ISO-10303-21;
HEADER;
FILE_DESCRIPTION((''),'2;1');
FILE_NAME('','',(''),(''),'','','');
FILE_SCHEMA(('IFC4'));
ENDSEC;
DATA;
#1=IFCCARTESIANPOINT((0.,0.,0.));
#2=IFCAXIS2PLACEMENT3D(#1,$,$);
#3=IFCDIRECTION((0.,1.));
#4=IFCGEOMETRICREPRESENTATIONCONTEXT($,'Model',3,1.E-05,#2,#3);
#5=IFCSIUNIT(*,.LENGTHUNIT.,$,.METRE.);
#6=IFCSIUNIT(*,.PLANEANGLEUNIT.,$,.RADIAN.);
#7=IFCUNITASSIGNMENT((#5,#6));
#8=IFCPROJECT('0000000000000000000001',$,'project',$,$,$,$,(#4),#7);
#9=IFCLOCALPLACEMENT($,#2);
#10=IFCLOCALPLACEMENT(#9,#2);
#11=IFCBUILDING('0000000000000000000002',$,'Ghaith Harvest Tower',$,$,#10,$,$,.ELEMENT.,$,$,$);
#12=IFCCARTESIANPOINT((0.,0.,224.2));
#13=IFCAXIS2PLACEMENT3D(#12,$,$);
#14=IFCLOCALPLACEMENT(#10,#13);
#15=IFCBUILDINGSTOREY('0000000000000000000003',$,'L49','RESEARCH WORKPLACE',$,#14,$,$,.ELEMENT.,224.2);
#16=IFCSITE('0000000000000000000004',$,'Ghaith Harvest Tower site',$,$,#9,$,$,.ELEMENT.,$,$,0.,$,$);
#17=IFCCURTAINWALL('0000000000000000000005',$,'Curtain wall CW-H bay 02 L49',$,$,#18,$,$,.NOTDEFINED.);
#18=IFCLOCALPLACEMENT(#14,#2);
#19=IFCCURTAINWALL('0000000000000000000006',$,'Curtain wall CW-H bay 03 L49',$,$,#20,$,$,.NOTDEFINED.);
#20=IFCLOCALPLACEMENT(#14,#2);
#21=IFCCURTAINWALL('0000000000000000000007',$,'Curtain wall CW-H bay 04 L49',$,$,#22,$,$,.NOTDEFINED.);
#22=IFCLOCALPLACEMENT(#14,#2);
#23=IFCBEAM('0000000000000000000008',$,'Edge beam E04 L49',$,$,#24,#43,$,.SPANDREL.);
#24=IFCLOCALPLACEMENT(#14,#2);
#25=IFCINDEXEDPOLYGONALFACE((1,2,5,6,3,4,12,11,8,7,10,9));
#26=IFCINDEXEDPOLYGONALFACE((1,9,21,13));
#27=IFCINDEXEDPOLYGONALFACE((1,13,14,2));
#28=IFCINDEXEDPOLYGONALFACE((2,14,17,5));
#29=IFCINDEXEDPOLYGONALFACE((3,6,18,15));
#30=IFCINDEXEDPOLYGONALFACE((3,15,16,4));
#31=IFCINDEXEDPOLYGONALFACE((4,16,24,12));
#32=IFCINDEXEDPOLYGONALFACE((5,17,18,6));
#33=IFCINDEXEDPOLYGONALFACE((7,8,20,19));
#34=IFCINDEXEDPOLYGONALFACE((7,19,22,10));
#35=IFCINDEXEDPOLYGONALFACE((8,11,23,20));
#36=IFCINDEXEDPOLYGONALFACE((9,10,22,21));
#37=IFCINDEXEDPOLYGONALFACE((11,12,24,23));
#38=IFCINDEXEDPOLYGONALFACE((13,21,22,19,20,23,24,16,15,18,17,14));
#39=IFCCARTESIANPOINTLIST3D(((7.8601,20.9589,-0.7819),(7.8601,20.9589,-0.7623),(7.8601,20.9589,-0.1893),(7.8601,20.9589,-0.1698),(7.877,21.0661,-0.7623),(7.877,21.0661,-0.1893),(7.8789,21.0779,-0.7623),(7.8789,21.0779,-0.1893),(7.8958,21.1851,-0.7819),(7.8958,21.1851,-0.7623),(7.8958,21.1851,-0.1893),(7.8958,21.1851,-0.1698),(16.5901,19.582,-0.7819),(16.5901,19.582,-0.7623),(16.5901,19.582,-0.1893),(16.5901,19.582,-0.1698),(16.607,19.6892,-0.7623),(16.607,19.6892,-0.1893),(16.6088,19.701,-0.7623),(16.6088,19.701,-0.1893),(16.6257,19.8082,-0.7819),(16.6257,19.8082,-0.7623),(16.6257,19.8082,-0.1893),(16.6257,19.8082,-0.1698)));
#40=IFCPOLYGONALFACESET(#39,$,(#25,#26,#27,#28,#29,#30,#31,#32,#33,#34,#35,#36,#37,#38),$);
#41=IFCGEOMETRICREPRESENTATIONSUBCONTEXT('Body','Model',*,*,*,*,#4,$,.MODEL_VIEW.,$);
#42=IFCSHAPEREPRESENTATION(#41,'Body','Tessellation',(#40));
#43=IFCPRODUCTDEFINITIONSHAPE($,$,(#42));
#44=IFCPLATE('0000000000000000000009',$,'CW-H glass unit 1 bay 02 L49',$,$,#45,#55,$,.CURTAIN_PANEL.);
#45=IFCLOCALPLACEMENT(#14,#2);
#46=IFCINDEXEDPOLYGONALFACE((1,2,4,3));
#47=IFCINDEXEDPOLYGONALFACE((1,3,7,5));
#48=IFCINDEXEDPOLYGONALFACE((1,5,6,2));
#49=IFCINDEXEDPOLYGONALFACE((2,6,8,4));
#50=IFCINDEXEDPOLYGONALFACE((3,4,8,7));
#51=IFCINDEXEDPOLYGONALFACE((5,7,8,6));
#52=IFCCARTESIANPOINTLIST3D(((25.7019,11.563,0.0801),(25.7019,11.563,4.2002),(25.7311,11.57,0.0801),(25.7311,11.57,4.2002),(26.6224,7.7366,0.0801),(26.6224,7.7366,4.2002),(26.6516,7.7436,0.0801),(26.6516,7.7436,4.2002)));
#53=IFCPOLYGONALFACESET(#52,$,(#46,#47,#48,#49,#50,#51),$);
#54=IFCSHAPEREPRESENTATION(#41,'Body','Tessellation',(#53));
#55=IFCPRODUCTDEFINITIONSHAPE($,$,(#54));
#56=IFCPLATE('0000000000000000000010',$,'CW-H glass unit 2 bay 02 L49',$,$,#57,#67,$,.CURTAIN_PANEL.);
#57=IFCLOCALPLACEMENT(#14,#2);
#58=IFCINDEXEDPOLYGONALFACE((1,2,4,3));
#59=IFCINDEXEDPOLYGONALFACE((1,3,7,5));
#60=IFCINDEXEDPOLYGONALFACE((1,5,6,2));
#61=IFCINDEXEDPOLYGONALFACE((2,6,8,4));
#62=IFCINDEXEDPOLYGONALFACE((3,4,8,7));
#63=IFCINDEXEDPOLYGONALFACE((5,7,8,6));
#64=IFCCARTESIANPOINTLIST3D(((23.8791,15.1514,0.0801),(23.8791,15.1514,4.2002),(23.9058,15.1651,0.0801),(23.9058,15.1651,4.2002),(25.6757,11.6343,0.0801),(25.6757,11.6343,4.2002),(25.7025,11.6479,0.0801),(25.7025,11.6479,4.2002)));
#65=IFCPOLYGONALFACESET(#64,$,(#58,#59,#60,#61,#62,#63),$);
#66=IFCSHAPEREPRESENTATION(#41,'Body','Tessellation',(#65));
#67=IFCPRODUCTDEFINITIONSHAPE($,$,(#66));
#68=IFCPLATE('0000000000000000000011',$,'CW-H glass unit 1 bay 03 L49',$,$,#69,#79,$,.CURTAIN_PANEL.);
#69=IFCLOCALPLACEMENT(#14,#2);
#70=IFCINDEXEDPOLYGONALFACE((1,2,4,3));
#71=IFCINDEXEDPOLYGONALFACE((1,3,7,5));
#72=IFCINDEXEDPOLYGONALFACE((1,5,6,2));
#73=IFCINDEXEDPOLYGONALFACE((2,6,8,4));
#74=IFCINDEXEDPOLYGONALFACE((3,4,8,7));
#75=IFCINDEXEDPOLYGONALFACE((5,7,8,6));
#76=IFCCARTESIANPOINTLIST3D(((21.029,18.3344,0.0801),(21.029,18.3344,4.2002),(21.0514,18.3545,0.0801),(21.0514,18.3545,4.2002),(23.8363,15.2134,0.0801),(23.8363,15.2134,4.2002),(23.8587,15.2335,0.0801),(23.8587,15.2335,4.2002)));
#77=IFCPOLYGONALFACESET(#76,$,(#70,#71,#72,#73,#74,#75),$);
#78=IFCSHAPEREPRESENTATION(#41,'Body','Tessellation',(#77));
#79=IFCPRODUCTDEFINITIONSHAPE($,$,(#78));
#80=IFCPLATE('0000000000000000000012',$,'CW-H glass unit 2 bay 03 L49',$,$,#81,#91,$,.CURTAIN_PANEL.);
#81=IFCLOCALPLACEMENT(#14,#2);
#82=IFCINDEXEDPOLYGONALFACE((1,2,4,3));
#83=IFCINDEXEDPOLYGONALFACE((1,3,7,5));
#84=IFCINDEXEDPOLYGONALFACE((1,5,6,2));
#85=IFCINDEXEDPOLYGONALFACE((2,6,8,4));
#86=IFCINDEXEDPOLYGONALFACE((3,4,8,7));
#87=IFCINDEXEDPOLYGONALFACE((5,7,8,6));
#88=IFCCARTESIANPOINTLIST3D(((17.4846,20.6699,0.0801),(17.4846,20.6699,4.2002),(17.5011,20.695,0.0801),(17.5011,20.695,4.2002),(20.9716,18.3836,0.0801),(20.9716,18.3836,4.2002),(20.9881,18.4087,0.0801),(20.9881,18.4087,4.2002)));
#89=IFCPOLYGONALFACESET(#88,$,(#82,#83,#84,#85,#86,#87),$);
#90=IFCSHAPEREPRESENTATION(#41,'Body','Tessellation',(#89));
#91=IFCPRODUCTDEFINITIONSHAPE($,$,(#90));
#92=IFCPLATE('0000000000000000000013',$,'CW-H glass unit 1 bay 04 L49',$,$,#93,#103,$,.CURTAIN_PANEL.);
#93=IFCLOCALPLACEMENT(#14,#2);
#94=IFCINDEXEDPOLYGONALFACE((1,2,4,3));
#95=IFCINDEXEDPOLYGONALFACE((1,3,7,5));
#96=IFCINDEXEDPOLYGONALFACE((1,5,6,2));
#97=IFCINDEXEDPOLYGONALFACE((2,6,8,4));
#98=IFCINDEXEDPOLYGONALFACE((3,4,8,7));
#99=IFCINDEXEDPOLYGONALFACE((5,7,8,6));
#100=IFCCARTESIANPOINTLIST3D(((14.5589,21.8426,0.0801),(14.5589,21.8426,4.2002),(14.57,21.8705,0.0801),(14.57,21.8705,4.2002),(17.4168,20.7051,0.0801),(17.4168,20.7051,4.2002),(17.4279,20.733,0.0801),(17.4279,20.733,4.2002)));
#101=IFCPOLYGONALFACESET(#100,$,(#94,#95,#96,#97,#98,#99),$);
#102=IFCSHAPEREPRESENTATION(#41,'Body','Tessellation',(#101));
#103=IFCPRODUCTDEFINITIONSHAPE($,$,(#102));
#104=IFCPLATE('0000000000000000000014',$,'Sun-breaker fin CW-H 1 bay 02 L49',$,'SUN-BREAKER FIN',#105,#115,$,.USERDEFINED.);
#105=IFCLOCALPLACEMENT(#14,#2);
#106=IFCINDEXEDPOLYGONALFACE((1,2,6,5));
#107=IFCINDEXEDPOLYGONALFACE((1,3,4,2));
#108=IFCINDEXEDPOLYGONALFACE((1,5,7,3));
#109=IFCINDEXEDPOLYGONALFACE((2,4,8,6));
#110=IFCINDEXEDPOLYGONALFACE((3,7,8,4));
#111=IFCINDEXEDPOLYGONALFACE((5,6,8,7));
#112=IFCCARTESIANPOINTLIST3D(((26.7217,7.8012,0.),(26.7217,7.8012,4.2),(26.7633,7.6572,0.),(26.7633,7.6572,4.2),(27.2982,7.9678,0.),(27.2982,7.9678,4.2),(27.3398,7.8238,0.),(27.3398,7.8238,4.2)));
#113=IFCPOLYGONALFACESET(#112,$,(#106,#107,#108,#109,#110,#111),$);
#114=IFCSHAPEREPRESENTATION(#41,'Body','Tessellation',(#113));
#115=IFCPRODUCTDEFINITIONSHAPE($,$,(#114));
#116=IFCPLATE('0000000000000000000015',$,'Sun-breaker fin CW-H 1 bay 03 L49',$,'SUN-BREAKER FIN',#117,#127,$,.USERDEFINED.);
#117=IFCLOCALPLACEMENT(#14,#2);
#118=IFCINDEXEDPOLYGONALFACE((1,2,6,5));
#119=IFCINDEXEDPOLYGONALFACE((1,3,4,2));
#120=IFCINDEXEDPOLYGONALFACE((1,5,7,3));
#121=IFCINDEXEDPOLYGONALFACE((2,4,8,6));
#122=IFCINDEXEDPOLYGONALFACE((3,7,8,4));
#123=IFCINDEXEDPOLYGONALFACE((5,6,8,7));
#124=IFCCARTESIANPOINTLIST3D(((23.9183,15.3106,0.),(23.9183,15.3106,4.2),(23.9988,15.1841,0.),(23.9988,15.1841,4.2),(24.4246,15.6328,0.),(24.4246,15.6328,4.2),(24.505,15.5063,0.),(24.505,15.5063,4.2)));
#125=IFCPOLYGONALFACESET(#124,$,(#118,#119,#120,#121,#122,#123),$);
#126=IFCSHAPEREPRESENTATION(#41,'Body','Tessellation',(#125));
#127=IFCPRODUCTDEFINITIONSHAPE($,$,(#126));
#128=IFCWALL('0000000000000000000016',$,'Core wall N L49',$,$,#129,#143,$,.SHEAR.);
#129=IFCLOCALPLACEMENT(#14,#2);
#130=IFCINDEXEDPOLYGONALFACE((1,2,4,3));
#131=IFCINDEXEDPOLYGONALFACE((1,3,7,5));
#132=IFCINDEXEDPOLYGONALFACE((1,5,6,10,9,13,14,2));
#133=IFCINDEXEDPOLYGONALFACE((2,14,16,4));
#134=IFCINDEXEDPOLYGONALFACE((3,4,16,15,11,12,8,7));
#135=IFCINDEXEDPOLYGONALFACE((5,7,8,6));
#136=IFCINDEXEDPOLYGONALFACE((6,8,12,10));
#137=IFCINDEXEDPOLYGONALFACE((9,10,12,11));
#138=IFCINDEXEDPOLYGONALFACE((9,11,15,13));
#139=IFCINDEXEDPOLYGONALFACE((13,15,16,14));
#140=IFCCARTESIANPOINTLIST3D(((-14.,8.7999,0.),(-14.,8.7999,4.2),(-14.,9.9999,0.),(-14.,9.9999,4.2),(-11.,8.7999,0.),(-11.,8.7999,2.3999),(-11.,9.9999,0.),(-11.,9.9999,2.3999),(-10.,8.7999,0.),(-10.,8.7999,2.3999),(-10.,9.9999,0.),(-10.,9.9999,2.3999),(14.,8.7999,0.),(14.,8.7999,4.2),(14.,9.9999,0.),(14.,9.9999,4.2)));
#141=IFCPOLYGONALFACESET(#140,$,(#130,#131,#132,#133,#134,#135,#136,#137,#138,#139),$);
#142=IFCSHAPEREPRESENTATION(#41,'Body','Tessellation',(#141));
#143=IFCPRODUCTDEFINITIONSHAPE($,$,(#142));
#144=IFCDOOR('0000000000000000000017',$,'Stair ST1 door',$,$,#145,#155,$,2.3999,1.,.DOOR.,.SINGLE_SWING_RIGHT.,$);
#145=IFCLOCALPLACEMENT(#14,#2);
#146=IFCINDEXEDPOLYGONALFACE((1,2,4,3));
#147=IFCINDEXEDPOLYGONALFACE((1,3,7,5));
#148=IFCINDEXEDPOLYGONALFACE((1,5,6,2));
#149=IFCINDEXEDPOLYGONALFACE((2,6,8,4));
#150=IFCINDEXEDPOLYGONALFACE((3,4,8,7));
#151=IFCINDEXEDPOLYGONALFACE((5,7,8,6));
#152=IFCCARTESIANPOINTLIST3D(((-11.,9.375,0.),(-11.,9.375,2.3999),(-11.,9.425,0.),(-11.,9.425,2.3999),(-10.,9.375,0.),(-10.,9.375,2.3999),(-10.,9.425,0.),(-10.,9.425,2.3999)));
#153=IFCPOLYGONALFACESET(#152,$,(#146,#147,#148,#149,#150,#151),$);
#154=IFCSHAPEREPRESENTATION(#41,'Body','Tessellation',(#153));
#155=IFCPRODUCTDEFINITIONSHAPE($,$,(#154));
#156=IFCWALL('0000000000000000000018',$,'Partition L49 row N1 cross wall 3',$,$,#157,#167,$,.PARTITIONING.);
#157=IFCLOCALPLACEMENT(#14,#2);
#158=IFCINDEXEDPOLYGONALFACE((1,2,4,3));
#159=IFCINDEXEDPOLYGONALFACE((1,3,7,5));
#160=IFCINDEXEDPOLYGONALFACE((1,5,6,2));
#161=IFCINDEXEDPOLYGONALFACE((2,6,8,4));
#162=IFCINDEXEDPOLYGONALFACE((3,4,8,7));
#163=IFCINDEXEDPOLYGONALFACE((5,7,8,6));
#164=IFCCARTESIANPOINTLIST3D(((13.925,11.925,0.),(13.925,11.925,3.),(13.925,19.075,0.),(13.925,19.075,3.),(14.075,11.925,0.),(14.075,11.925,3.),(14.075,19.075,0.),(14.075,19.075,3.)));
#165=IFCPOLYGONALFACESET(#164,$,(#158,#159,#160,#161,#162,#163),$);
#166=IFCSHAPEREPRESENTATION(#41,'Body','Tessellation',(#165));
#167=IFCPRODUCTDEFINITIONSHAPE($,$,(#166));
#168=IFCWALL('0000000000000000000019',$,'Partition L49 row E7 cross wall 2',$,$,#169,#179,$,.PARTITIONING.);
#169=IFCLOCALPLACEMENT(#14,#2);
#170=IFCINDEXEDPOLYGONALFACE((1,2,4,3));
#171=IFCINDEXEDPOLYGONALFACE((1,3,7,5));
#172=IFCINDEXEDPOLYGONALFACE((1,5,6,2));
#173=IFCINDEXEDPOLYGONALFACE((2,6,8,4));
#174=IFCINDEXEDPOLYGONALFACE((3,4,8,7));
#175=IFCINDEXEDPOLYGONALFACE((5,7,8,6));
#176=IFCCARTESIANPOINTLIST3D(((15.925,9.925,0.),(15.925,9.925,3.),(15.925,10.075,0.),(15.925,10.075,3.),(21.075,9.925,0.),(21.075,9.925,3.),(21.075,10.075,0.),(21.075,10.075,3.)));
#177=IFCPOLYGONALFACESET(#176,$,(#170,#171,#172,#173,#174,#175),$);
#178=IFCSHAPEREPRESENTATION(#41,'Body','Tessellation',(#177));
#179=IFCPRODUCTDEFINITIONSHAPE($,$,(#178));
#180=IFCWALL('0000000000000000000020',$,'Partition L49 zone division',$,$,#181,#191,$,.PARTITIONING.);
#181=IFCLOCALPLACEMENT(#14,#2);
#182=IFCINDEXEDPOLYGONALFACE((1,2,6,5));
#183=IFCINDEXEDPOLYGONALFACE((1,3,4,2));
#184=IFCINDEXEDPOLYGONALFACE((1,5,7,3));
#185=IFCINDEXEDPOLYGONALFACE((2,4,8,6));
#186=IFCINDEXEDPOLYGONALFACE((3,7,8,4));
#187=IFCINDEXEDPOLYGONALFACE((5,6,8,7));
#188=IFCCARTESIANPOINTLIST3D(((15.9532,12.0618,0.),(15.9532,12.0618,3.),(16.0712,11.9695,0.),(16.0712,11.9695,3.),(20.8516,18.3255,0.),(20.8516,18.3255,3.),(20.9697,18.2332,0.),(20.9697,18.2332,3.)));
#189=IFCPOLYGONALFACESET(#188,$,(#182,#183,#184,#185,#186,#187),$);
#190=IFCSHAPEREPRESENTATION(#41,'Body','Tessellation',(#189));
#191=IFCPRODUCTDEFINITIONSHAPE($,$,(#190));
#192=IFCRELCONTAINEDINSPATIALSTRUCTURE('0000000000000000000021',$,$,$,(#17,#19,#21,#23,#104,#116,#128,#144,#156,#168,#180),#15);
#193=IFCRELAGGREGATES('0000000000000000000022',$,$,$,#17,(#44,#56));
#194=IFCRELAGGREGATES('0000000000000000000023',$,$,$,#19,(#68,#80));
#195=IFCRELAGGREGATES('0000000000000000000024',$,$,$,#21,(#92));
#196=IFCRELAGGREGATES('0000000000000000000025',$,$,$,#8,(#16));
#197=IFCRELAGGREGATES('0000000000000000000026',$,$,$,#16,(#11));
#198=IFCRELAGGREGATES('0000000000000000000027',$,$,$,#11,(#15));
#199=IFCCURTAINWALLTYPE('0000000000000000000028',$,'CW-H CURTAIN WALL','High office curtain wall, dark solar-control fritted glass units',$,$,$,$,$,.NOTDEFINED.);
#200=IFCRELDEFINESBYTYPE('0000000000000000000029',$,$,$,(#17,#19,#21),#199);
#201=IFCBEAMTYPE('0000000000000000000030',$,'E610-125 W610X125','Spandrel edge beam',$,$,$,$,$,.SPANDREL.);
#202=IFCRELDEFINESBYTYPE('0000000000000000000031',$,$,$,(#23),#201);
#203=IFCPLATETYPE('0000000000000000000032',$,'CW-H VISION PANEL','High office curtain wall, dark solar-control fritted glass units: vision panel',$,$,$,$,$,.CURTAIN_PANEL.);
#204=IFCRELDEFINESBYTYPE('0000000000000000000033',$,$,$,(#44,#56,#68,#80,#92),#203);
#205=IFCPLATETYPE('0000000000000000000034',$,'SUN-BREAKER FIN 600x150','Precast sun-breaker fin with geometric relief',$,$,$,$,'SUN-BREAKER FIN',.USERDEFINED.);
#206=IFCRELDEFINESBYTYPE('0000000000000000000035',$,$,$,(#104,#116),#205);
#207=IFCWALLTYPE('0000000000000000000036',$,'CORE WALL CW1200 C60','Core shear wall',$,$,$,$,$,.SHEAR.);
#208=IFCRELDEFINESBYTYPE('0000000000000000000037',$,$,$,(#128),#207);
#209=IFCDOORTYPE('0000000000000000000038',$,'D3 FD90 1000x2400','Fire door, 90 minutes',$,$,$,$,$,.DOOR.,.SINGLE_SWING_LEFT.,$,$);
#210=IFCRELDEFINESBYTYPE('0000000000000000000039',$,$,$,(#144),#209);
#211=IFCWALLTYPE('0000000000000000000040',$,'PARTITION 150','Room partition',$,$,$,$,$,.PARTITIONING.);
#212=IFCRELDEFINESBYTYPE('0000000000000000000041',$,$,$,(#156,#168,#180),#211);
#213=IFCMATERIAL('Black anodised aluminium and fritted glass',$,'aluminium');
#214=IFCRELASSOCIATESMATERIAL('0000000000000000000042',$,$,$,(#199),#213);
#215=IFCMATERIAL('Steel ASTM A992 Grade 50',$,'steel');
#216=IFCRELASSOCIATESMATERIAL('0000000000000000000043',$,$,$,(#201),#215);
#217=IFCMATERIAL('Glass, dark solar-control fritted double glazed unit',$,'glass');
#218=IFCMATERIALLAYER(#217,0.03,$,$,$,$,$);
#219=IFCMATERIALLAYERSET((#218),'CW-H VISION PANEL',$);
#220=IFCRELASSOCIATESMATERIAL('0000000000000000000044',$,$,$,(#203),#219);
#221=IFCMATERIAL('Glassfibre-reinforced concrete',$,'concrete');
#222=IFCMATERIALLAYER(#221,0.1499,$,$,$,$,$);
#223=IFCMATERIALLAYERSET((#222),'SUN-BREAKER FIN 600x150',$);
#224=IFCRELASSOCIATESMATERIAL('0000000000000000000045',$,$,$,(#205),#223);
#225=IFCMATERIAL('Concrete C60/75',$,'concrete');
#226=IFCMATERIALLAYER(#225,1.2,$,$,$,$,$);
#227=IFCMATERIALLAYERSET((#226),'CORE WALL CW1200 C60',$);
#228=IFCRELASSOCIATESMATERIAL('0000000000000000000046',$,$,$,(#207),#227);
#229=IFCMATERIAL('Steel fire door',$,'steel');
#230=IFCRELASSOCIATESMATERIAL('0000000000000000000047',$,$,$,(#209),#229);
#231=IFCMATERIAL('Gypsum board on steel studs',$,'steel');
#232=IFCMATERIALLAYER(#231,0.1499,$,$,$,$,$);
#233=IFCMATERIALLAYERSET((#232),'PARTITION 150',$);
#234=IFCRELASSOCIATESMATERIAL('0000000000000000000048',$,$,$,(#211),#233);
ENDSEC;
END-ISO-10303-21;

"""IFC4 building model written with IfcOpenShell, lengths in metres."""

from ifc_helpers import new_model, si_unit, direction, frame, frame_2d, origin, origin_2d, place, context, subcontext, project, spatial, rectangle, i_section, extrude, material, layer, layer_set, material_profile, profile_set, type_object, element, fill, aggregate, save


model = new_model("IFC4")

# Units and contexts
model_context = context("Model", 3, precision=1e-05, world=origin(), true_north=direction((0.0, 1.0)))
body_context = subcontext(model_context, "Body", "Model", "MODEL_VIEW")
ifc_project = project(units=[si_unit("LENGTHUNIT", "METRE"), si_unit("PLANEANGLEUNIT", "RADIAN")], contexts=[model_context])

# Site, building, storey
site_placement = place(None, origin())
site = spatial("IfcSite", under=ifc_project, at=site_placement, Name="Ghaith Harvest Tower site", CompositionType="ELEMENT", RefElevation=0.0)
building_placement = place(site_placement, origin())
building = spatial("IfcBuilding", under=site, at=building_placement, Name="Ghaith Harvest Tower", CompositionType="ELEMENT")
storey_placement = place(building_placement, frame((0.0, 0.0, 224.2)))
storey = spatial("IfcBuildingStorey", under=building, at=storey_placement, Name="L49", Description="RESEARCH WORKPLACE", CompositionType="ELEMENT", Elevation=224.2)

# Curtain wall
ifc_material_1 = material(Name="Black anodised aluminium and fritted glass", Category="aluminium")
curtain_wall_type = type_object("IfcCurtainWallType", Name="CW-H CURTAIN WALL", Description="High office curtain wall, dark solar-control fritted glass units", PredefinedType="NOTDEFINED", material=ifc_material_1)
curtain_wall_1_placement = place(storey_placement, origin())
curtain_wall_1 = element("IfcCurtainWall", 1, at=curtain_wall_1_placement, inside=storey, type_object=curtain_wall_type, Name="Curtain wall CW-H bay 02 L49", PredefinedType="NOTDEFINED")

# Curtain walls
curtain_wall_2_placement = place(storey_placement, origin())
curtain_wall_2 = element("IfcCurtainWall", 2, at=curtain_wall_2_placement, inside=storey, type_object=curtain_wall_type, Name="Curtain wall CW-H bay 03 L49", PredefinedType="NOTDEFINED")
curtain_wall_3_placement = place(storey_placement, origin())
curtain_wall_3 = element("IfcCurtainWall", 3, at=curtain_wall_3_placement, inside=storey, type_object=curtain_wall_type, Name="Curtain wall CW-H bay 04 L49", PredefinedType="NOTDEFINED")

# Beam
ifc_material_2 = material(Name="Steel ASTM A992 Grade 50", Category="steel")
ifc_material_profile_1 = material_profile(ifc_material_2, i_section(OverallWidth=0.229, OverallDepth=0.6121, WebThickness=0.012, FlangeThickness=0.0195, at=origin_2d()), Name="W610X125")
ifc_profile_set_1 = profile_set([ifc_material_profile_1], Name="Steel ASTM A992 Grade 50")
beam_type = type_object("IfcBeamType", Name="E610-125 W610X125", Description="Spandrel edge beam", PredefinedType="SPANDREL", material=ifc_profile_set_1)
beam_1_placement = place(storey_placement, frame((16.6079, 19.6951, -0.4758), z_axis=(-0.987788, 0.155801, 0.0), x_axis=(-0.155801, -0.987788, 0.0)))
element("IfcBeam", 4, at=beam_1_placement, inside=storey, type_object=beam_type, Name="Edge beam E04 L49", PredefinedType="SPANDREL", context=body_context, shape_type="SweptSolid", body=[
    extrude(i_section(OverallWidth=0.229, OverallDepth=0.6121, WebThickness=0.012, FlangeThickness=0.0195, at=origin_2d()), origin(), (0.0, 0.0, 1.0), 8.8379),
])

# Plates
ifc_material_3 = material(Name="Glass, dark solar-control fritted double glazed unit", Category="glass")
ifc_layer_1 = layer(ifc_material_3, 0.03)
ifc_layer_set_1 = layer_set([ifc_layer_1], Name="CW-H VISION PANEL")
plate_type_1 = type_object("IfcPlateType", Name="CW-H VISION PANEL", Description="High office curtain wall, dark solar-control fritted glass units: vision panel", PredefinedType="CURTAIN_PANEL", material=ifc_layer_set_1)
plate_1_placement = place(storey_placement, frame((26.1768, 9.6533, 0.0801), z_axis=(0.0, 0.0, 1.0), x_axis=(-0.233894, 0.972262, 0.0)))
plate_1 = element("IfcPlate", 5, at=plate_1_placement, type_object=plate_type_1, Name="CW-H glass unit 1 bay 02 L49", PredefinedType="CURTAIN_PANEL", context=body_context, shape_type="SweptSolid", body=[
    extrude(rectangle(XDim=3.9355, YDim=0.03, at=origin_2d()), origin(), (0.0, 0.0, 1.0), 4.1201),
])
plate_2_placement = place(storey_placement, frame((24.7908, 13.3997, 0.0801), z_axis=(0.0, 0.0, 1.0), x_axis=(-0.454915, 0.890535, 0.0)))
plate_2 = element("IfcPlate", 6, at=plate_2_placement, type_object=plate_type_1, Name="CW-H glass unit 2 bay 02 L49", PredefinedType="CURTAIN_PANEL", context=body_context, shape_type="SweptSolid", body=[
    extrude(rectangle(XDim=3.9495, YDim=0.03, at=origin_2d()), origin(), (0.0, 0.0, 1.0), 4.1201),
])
aggregate(curtain_wall_1, [plate_1, plate_2])
plate_3_placement = place(storey_placement, frame((22.4438, 16.7839, 0.0801), z_axis=(0.0, 0.0, 1.0), x_axis=(-0.668758, 0.74348, 0.0)))
plate_3 = element("IfcPlate", 7, at=plate_3_placement, type_object=plate_type_1, Name="CW-H glass unit 1 bay 03 L49", PredefinedType="CURTAIN_PANEL", context=body_context, shape_type="SweptSolid", body=[
    extrude(rectangle(XDim=4.1978, YDim=0.03, at=origin_2d()), origin(), (0.0, 0.0, 1.0), 4.1201),
])
plate_4_placement = place(storey_placement, frame((19.2363, 19.5393, 0.0801), z_axis=(0.0, 0.0, 1.0), x_axis=(-0.836277, 0.548308, 0.0)))
plate_4 = element("IfcPlate", 8, at=plate_4_placement, type_object=plate_type_1, Name="CW-H glass unit 2 bay 03 L49", PredefinedType="CURTAIN_PANEL", context=body_context, shape_type="SweptSolid", body=[
    extrude(rectangle(XDim=4.1697, YDim=0.03, at=origin_2d()), origin(), (0.0, 0.0, 1.0), 4.1201),
])
aggregate(curtain_wall_2, [plate_3, plate_4])
plate_5_placement = place(storey_placement, frame((15.9934, 21.2878, 0.0801), z_axis=(0.0, 0.0, 1.0), x_axis=(-0.929107, 0.36981, 0.0)))
plate_5 = element("IfcPlate", 9, at=plate_5_placement, type_object=plate_type_1, Name="CW-H glass unit 1 bay 04 L49", PredefinedType="CURTAIN_PANEL", context=body_context, shape_type="SweptSolid", body=[
    extrude(rectangle(XDim=3.0759, YDim=0.03, at=origin_2d()), origin(), (0.0, 0.0, 1.0), 4.1201),
])
aggregate(curtain_wall_3, [plate_5])

# Plates
ifc_material_4 = material(Name="Glassfibre-reinforced concrete", Category="concrete")
ifc_layer_2 = layer(ifc_material_4, 0.1499)
ifc_layer_set_2 = layer_set([ifc_layer_2], Name="SUN-BREAKER FIN 600x150")
plate_type_2 = type_object("IfcPlateType", Name="SUN-BREAKER FIN 600x150", Description="Precast sun-breaker fin with geometric relief", ElementType="SUN-BREAKER FIN", PredefinedType="USERDEFINED", material=ifc_layer_set_2)
for number, where, z_axis, x_axis, name in (
    (10, (27.0308, 7.8125, 0.0), (0.0, 0.0, 1.0), (0.96068, 0.277657, 0.0), "Sun-breaker fin CW-H 1 bay 02 L49"),
    (11, (24.2117, 15.4084, 0.0), (0.0, 0.0, 1.0), (0.843644, 0.536903, 0.0), "Sun-breaker fin CW-H 1 bay 03 L49"),
):
    element("IfcPlate", number, at=place(storey_placement, frame(where, z_axis=z_axis, x_axis=x_axis)), inside=storey, type_object=plate_type_2, Name=name, ObjectType="SUN-BREAKER FIN", PredefinedType="USERDEFINED", context=body_context, shape_type="SweptSolid", body=[
        extrude(rectangle(XDim=0.6001, YDim=0.1499, at=origin_2d()), origin(), (0.0, 0.0, 1.0), 4.2),
    ])

# Wall, opening, door
ifc_material_5 = material(Name="Concrete C60/75", Category="concrete")
ifc_layer_3 = layer(ifc_material_5, 1.2)
ifc_layer_set_3 = layer_set([ifc_layer_3], Name="CORE WALL CW1200 C60")
wall_type_1 = type_object("IfcWallType", Name="CORE WALL CW1200 C60", Description="Core shear wall", PredefinedType="SHEAR", material=ifc_layer_set_3)
wall_1_placement = place(storey_placement, frame((14.0, 9.3999, 0.0), z_axis=(0.0, 0.0, 1.0), x_axis=(-1.0, 0.0, 0.0)))
wall_1 = element("IfcWall", 12, at=wall_1_placement, inside=storey, type_object=wall_type_1, Name="Core wall N L49", PredefinedType="SHEAR", context=body_context, shape_type="SweptSolid", body=[
    extrude(rectangle(XDim=28.0, YDim=1.2, at=frame_2d((14.0, 0.0))), origin(), (0.0, 0.0, 1.0), 4.2),
])
opening_placement = place(wall_1_placement, frame((24.0, 0.0, 0.0)))
opening = element("IfcOpeningElement", 13, at=opening_placement, cuts=wall_1, PredefinedType="OPENING", context=body_context, shape_type="SweptSolid", body=[
    extrude(rectangle(XDim=1.0, YDim=2.3999, at=frame_2d((0.5, 1.2))), frame((0.0, 0.6099, 0.0), z_axis=(0.0, -1.0, 0.0), x_axis=(1.0, 0.0, 0.0)), (0.0, 0.0, 1.0), 1.22),
])
ifc_material_6 = material(Name="Steel fire door", Category="steel")
door_type = type_object("IfcDoorType", Name="D3 FD90 1000x2400", Description="Fire door, 90 minutes", OperationType="SINGLE_SWING_LEFT", PredefinedType="DOOR", material=ifc_material_6)
door_placement = place(opening_placement, origin())
door = element("IfcDoor", 14, at=door_placement, inside=storey, type_object=door_type, Name="Stair ST1 door", OperationType="SINGLE_SWING_RIGHT", OverallHeight=2.3999, OverallWidth=1.0, PredefinedType="DOOR", context=body_context, shape_type="SweptSolid", body=[
    extrude(rectangle(XDim=1.0, YDim=2.3999, at=frame_2d((0.5, 1.2))), frame((0.0, 0.0249, 0.0), z_axis=(0.0, -1.0, 0.0), x_axis=(1.0, 0.0, 0.0)), (0.0, 0.0, 1.0), 0.05),
])
fill(opening, door)

# Walls
ifc_material_7 = material(Name="Gypsum board on steel studs", Category="steel")
ifc_layer_4 = layer(ifc_material_7, 0.1499)
ifc_layer_set_4 = layer_set([ifc_layer_4], Name="PARTITION 150")
wall_type_2 = type_object("IfcWallType", Name="PARTITION 150", Description="Room partition", PredefinedType="PARTITIONING", material=ifc_layer_set_4)
wall_2_placement = place(storey_placement, frame((14.0, 11.925, 0.0), z_axis=(0.0, 0.0, 1.0), x_axis=(0.0, 1.0, 0.0)))
element("IfcWall", 15, at=wall_2_placement, inside=storey, type_object=wall_type_2, Name="Partition L49 row N1 cross wall 3", PredefinedType="PARTITIONING", context=body_context, shape_type="SweptSolid", body=[
    extrude(rectangle(XDim=7.1499, YDim=0.1499, at=frame_2d((3.575, 0.0))), origin(), (0.0, 0.0, 1.0), 3.0),
])
wall_3_placement = place(storey_placement, frame((15.925, 10.0, 0.0), z_axis=(0.0, 0.0, 1.0), x_axis=(1.0, 0.0, 0.0)))
element("IfcWall", 16, at=wall_3_placement, inside=storey, type_object=wall_type_2, Name="Partition L49 row E7 cross wall 2", PredefinedType="PARTITIONING", context=body_context, shape_type="SweptSolid", body=[
    extrude(rectangle(XDim=5.1499, YDim=0.1499, at=frame_2d((2.575, 0.0))), origin(), (0.0, 0.0, 1.0), 3.0),
])
wall_4_placement = place(storey_placement, frame((16.0122, 12.0156, 0.0), z_axis=(0.0, 0.0, 1.0), x_axis=(0.61603, 0.787723, 0.0)))
element("IfcWall", 17, at=wall_4_placement, inside=storey, type_object=wall_type_2, Name="Partition L49 zone division", PredefinedType="PARTITIONING", context=body_context, shape_type="SweptSolid", body=[
    extrude(rectangle(XDim=7.9517, YDim=0.1499, at=frame_2d((3.9758, 0.0))), origin(), (0.0, 0.0, 1.0), 3.0),
])

save(model, "model.ifc")
